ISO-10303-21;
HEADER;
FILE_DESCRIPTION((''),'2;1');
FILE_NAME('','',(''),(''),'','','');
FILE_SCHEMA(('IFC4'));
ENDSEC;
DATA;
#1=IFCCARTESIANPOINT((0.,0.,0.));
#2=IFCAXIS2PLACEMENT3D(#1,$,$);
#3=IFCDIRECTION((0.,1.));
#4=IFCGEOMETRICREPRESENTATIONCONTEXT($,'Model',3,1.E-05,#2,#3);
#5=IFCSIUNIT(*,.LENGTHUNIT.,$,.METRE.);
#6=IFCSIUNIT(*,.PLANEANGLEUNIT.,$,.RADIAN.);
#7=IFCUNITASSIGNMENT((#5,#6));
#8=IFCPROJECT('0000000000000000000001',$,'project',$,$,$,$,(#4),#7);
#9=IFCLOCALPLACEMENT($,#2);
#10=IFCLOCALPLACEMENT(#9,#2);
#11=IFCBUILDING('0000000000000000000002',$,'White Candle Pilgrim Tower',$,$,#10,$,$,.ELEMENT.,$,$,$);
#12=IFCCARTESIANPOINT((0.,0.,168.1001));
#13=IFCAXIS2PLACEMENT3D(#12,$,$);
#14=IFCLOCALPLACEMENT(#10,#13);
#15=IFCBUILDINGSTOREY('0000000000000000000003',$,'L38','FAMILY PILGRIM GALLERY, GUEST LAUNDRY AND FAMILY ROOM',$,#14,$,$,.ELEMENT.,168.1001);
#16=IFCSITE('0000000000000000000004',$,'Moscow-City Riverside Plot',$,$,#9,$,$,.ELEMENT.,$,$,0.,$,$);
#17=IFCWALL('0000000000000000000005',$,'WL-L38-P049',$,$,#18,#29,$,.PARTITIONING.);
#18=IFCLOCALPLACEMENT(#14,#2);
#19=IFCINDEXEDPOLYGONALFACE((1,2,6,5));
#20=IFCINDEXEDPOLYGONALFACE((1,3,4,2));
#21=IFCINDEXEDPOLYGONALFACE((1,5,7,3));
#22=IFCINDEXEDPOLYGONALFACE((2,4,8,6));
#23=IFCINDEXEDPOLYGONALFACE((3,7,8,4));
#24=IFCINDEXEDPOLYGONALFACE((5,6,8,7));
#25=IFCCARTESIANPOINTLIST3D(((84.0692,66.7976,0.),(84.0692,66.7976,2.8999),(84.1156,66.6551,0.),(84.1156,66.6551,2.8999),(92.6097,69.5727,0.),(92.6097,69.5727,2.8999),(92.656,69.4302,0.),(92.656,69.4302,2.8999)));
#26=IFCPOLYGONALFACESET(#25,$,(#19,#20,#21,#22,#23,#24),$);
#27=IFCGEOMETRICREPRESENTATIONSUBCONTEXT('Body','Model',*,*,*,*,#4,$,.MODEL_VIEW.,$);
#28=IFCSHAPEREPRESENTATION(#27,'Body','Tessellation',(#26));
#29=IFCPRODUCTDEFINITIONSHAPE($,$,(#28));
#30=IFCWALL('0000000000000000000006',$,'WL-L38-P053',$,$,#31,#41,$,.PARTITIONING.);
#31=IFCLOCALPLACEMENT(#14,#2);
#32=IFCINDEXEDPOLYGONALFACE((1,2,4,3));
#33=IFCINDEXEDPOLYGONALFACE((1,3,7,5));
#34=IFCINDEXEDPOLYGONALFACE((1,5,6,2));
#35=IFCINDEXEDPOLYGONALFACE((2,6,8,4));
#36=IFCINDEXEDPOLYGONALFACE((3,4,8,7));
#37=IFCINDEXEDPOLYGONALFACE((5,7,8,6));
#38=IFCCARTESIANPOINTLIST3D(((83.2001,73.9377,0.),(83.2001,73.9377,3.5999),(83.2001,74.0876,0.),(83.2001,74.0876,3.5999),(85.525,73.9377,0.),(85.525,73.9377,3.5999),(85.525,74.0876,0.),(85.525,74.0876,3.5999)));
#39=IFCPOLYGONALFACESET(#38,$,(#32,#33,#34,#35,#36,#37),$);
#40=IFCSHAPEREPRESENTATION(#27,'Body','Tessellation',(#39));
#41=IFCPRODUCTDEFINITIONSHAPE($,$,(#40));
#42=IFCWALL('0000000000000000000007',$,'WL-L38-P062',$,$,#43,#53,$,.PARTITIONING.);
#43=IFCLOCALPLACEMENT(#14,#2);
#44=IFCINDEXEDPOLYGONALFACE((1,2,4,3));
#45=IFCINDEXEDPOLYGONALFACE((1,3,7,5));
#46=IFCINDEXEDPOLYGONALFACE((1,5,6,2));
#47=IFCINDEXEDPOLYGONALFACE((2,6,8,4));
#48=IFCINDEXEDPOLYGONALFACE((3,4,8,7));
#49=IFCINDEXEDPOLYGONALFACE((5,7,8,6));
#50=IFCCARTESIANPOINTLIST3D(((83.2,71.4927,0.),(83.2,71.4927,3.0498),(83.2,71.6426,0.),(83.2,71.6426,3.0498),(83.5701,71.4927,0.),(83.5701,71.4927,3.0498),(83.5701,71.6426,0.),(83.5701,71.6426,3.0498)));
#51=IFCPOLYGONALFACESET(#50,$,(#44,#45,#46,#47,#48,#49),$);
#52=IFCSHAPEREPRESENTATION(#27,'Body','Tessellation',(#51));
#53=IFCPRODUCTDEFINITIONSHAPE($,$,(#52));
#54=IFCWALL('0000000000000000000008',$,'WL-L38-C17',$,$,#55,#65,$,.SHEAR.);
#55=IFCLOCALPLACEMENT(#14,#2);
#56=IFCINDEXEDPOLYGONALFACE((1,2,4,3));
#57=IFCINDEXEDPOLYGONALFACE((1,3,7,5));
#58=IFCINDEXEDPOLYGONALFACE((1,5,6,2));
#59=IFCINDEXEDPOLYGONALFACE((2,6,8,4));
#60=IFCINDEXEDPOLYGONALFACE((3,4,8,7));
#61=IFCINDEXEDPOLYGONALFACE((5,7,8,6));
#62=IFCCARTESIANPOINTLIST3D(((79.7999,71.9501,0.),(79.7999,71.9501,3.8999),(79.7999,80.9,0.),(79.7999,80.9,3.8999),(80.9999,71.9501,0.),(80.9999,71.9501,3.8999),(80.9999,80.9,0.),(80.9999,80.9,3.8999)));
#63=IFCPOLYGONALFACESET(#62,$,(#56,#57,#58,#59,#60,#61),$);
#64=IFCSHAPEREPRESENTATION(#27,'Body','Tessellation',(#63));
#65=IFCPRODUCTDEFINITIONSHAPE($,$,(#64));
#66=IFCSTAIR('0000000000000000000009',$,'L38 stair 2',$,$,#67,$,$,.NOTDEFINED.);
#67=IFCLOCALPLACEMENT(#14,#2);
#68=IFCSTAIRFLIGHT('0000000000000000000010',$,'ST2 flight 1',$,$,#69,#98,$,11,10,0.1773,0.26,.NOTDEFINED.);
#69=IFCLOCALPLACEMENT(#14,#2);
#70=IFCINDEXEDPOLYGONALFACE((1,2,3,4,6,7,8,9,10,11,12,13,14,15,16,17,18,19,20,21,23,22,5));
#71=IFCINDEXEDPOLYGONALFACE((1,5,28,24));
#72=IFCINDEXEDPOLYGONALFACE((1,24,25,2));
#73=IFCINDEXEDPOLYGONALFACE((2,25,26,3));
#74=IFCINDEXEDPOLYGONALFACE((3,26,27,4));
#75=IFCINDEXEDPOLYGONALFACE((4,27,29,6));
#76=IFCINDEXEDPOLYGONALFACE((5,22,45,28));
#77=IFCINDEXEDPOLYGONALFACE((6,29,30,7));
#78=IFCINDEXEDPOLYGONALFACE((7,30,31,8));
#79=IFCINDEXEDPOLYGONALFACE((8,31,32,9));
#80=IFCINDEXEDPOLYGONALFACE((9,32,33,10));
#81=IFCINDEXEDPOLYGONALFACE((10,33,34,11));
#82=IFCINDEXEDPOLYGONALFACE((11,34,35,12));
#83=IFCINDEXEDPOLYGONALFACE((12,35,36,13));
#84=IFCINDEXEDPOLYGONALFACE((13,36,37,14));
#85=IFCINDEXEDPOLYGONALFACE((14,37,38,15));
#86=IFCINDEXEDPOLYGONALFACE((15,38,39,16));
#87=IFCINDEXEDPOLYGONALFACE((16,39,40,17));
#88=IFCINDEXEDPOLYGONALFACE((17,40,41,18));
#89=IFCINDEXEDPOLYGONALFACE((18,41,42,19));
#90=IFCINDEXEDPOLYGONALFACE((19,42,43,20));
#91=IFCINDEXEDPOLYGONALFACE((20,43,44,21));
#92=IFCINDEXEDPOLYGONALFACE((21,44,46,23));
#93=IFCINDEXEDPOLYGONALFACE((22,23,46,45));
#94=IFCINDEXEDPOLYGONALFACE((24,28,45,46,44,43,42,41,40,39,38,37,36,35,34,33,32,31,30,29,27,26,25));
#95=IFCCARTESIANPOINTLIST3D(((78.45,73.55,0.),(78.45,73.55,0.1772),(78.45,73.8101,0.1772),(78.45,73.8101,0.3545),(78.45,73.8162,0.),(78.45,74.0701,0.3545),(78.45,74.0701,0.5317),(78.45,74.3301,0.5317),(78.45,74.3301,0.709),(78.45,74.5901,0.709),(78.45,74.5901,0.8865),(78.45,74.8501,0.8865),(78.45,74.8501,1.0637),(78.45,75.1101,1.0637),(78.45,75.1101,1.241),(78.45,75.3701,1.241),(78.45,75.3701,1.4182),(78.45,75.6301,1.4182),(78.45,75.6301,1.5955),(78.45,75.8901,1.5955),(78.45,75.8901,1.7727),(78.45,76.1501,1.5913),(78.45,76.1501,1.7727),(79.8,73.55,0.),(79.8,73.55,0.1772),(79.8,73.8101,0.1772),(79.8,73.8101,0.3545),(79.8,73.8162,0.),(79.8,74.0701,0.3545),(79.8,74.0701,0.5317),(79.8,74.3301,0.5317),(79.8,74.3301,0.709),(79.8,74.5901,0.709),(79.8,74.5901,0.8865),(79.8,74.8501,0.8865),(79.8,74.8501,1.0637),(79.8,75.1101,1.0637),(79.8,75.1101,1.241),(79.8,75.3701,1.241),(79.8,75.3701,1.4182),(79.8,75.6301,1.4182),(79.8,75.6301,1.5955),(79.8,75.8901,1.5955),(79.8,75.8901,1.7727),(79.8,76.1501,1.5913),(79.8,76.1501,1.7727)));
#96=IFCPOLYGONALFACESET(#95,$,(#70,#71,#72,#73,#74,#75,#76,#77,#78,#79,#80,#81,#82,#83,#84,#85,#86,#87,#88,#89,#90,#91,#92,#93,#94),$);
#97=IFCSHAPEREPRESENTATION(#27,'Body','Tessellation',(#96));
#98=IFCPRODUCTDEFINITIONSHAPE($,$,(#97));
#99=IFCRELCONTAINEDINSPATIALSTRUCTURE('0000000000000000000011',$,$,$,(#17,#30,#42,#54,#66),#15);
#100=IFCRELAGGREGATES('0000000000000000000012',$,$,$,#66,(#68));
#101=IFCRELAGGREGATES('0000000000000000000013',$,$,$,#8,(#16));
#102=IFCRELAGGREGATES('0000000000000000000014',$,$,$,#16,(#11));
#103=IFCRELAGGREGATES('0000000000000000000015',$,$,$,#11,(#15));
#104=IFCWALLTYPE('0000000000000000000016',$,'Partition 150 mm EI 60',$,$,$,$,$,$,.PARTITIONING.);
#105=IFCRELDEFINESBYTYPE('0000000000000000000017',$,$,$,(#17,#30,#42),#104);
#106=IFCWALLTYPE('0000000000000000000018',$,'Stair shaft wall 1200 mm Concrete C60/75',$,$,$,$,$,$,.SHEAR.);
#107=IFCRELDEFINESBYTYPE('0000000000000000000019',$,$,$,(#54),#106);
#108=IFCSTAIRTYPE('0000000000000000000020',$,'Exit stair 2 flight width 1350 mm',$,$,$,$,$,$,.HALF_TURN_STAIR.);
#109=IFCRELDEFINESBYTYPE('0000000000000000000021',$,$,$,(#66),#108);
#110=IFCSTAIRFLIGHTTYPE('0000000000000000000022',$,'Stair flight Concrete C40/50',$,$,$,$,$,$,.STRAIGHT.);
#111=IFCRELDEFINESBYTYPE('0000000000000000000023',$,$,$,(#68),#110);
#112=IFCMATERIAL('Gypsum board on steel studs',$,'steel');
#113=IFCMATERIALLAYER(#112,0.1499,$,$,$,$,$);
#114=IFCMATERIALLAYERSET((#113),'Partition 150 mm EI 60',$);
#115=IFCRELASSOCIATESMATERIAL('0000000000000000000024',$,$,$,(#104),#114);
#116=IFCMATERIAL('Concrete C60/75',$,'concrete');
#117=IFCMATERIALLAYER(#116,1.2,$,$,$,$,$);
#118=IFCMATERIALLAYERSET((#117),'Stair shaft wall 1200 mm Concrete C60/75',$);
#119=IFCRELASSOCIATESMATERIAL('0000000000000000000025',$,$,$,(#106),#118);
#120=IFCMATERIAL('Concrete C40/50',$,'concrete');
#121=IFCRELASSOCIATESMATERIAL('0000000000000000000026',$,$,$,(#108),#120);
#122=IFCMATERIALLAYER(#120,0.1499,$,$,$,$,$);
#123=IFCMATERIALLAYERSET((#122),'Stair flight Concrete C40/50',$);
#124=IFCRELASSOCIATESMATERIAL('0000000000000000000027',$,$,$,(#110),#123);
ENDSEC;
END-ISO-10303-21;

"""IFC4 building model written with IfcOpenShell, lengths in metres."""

from ifc_helpers import new_model, si_unit, direction, frame, frame_2d, origin, place, context, subcontext, project, spatial, polyline, rectangle, outline, extrude, material, layer, layer_set, type_object, element, aggregate, save


model = new_model("IFC4")

# Units and contexts
model_context = context("Model", 3, precision=1e-05, world=origin(), true_north=direction((0.0, 1.0)))
body_context = subcontext(model_context, "Body", "Model", "MODEL_VIEW")
ifc_project = project(units=[si_unit("LENGTHUNIT", "METRE"), si_unit("PLANEANGLEUNIT", "RADIAN")], contexts=[model_context])

# Site, building, storey
site_placement = place(None, origin())
site = spatial("IfcSite", under=ifc_project, at=site_placement, Name="Moscow-City Riverside Plot", CompositionType="ELEMENT", RefElevation=0.0)
building_placement = place(site_placement, origin())
building = spatial("IfcBuilding", under=site, at=building_placement, Name="White Candle Pilgrim Tower", CompositionType="ELEMENT")
storey_placement = place(building_placement, frame((0.0, 0.0, 168.1001)))
storey = spatial("IfcBuildingStorey", under=building, at=storey_placement, Name="L38", Description="FAMILY PILGRIM GALLERY, GUEST LAUNDRY AND FAMILY ROOM", CompositionType="ELEMENT", Elevation=168.1001)

# Shared definitions
ifc_material_1 = material(Name="Gypsum board on steel studs", Category="steel")

# Walls
ifc_layer_1 = layer(ifc_material_1, 0.1499)
ifc_layer_set_1 = layer_set([ifc_layer_1], Name="Partition 150 mm EI 60")
wall_type_1 = type_object("IfcWallType", Name="Partition 150 mm EI 60", PredefinedType="PARTITIONING", material=ifc_layer_set_1)
wall_1_placement = place(storey_placement, frame((92.6328, 69.5015, 0.0), z_axis=(0.0, 0.0, 1.0), x_axis=(-0.951051, -0.309033, 0.0)))
element("IfcWall", 1, at=wall_1_placement, inside=storey, type_object=wall_type_1, Name="WL-L38-P049", PredefinedType="PARTITIONING", context=body_context, shape_type="SweptSolid", body=[
    extrude(rectangle(XDim=8.98, YDim=0.1499, at=frame_2d((4.49, 0.0))), origin(), (0.0, 0.0, 1.0), 2.8999),
])
wall_2_placement = place(storey_placement, frame((83.2, 74.0127, 0.0), z_axis=(0.0, 0.0, 1.0), x_axis=(1.0, 0.0, 0.0)))
element("IfcWall", 2, at=wall_2_placement, inside=storey, type_object=wall_type_1, Name="WL-L38-P053", PredefinedType="PARTITIONING", context=body_context, shape_type="SweptSolid", body=[
    extrude(rectangle(XDim=2.325, YDim=0.1499, at=frame_2d((1.1626, 0.0))), origin(), (0.0, 0.0, 1.0), 3.5999),
])
wall_3_placement = place(storey_placement, frame((83.5701, 71.5676, 0.0), z_axis=(0.0, 0.0, 1.0), x_axis=(-1.0, 0.0, 0.0)))
element("IfcWall", 3, at=wall_3_placement, inside=storey, type_object=wall_type_1, Name="WL-L38-P062", PredefinedType="PARTITIONING", context=body_context, shape_type="SweptSolid", body=[
    extrude(rectangle(XDim=0.3701, YDim=0.1499, at=frame_2d((0.1851, 0.0))), origin(), (0.0, 0.0, 1.0), 3.0498),
])
ifc_material_2 = material(Name="Concrete C60/75", Category="concrete")
ifc_layer_2 = layer(ifc_material_2, 1.2)
ifc_layer_set_2 = layer_set([ifc_layer_2], Name="Stair shaft wall 1200 mm Concrete C60/75")
wall_type_2 = type_object("IfcWallType", Name="Stair shaft wall 1200 mm Concrete C60/75", PredefinedType="SHEAR", material=ifc_layer_set_2)
wall_4_placement = place(storey_placement, frame((80.3999, 71.95, 0.0), z_axis=(0.0, 0.0, 1.0), x_axis=(0.0, 1.0, 0.0)))
element("IfcWall", 4, at=wall_4_placement, inside=storey, type_object=wall_type_2, Name="WL-L38-C17", PredefinedType="SHEAR", context=body_context, shape_type="SweptSolid", body=[
    extrude(rectangle(XDim=8.95, YDim=1.2, at=frame_2d((4.4751, 0.0))), origin(), (0.0, 0.0, 1.0), 3.8999),
])

# Stair, stair flight
ifc_material_3 = material(Name="Concrete C40/50", Category="concrete")
stair_type = type_object("IfcStairType", Name="Exit stair 2 flight width 1350 mm", PredefinedType="HALF_TURN_STAIR", material=ifc_material_3)
stair_placement = place(storey_placement, origin())
stair = element("IfcStair", 5, at=stair_placement, inside=storey, type_object=stair_type, Name="L38 stair 2", PredefinedType="NOTDEFINED")
ifc_layer_3 = layer(ifc_material_3, 0.1499)
ifc_layer_set_3 = layer_set([ifc_layer_3], Name="Stair flight Concrete C40/50")
stair_flight_type = type_object("IfcStairFlightType", Name="Stair flight Concrete C40/50", PredefinedType="STRAIGHT", material=ifc_layer_set_3)
stair_flight_placement = place(storey_placement, frame((79.125, 73.55, 0.0), z_axis=(0.0, 0.0, 1.0), x_axis=(0.0, 1.0, 0.0)))
stair_flight = element("IfcStairFlight", 6, at=stair_flight_placement, type_object=stair_flight_type, Name="ST2 flight 1", NumberOfRisers=11, NumberOfTreads=10, PredefinedType="NOTDEFINED", RiserHeight=0.1773, TreadLength=0.26, context=body_context, shape_type="SweptSolid", body=[
    extrude(outline(polyline([(0.0, 0.0), (0.0, 0.1772), (0.26, 0.1772), (0.26, 0.3545), (0.52, 0.3545), (0.52, 0.5317), (0.78, 0.5317), (0.78, 0.709), (1.04, 0.709), (1.04, 0.8865), (1.3, 0.8865), (1.3, 1.0637), (1.5601, 1.0637), (1.5601, 1.241), (1.8201, 1.241), (1.8201, 1.4182), (2.0801, 1.4182), (2.0801, 1.5955), (2.3401, 1.5955), (2.3401, 1.7727), (2.6001, 1.7727), (2.6001, 1.95), (2.6001, 1.5913), (0.2661, 0.0), (0.0, 0.0)])), frame((0.0, 0.675, 0.0), z_axis=(0.0, -1.0, 0.0), x_axis=(1.0, 0.0, 0.0)), (0.0, 0.0, 1.0), 1.3501),
])
aggregate(stair, [stair_flight])

save(model, "model.ifc")
